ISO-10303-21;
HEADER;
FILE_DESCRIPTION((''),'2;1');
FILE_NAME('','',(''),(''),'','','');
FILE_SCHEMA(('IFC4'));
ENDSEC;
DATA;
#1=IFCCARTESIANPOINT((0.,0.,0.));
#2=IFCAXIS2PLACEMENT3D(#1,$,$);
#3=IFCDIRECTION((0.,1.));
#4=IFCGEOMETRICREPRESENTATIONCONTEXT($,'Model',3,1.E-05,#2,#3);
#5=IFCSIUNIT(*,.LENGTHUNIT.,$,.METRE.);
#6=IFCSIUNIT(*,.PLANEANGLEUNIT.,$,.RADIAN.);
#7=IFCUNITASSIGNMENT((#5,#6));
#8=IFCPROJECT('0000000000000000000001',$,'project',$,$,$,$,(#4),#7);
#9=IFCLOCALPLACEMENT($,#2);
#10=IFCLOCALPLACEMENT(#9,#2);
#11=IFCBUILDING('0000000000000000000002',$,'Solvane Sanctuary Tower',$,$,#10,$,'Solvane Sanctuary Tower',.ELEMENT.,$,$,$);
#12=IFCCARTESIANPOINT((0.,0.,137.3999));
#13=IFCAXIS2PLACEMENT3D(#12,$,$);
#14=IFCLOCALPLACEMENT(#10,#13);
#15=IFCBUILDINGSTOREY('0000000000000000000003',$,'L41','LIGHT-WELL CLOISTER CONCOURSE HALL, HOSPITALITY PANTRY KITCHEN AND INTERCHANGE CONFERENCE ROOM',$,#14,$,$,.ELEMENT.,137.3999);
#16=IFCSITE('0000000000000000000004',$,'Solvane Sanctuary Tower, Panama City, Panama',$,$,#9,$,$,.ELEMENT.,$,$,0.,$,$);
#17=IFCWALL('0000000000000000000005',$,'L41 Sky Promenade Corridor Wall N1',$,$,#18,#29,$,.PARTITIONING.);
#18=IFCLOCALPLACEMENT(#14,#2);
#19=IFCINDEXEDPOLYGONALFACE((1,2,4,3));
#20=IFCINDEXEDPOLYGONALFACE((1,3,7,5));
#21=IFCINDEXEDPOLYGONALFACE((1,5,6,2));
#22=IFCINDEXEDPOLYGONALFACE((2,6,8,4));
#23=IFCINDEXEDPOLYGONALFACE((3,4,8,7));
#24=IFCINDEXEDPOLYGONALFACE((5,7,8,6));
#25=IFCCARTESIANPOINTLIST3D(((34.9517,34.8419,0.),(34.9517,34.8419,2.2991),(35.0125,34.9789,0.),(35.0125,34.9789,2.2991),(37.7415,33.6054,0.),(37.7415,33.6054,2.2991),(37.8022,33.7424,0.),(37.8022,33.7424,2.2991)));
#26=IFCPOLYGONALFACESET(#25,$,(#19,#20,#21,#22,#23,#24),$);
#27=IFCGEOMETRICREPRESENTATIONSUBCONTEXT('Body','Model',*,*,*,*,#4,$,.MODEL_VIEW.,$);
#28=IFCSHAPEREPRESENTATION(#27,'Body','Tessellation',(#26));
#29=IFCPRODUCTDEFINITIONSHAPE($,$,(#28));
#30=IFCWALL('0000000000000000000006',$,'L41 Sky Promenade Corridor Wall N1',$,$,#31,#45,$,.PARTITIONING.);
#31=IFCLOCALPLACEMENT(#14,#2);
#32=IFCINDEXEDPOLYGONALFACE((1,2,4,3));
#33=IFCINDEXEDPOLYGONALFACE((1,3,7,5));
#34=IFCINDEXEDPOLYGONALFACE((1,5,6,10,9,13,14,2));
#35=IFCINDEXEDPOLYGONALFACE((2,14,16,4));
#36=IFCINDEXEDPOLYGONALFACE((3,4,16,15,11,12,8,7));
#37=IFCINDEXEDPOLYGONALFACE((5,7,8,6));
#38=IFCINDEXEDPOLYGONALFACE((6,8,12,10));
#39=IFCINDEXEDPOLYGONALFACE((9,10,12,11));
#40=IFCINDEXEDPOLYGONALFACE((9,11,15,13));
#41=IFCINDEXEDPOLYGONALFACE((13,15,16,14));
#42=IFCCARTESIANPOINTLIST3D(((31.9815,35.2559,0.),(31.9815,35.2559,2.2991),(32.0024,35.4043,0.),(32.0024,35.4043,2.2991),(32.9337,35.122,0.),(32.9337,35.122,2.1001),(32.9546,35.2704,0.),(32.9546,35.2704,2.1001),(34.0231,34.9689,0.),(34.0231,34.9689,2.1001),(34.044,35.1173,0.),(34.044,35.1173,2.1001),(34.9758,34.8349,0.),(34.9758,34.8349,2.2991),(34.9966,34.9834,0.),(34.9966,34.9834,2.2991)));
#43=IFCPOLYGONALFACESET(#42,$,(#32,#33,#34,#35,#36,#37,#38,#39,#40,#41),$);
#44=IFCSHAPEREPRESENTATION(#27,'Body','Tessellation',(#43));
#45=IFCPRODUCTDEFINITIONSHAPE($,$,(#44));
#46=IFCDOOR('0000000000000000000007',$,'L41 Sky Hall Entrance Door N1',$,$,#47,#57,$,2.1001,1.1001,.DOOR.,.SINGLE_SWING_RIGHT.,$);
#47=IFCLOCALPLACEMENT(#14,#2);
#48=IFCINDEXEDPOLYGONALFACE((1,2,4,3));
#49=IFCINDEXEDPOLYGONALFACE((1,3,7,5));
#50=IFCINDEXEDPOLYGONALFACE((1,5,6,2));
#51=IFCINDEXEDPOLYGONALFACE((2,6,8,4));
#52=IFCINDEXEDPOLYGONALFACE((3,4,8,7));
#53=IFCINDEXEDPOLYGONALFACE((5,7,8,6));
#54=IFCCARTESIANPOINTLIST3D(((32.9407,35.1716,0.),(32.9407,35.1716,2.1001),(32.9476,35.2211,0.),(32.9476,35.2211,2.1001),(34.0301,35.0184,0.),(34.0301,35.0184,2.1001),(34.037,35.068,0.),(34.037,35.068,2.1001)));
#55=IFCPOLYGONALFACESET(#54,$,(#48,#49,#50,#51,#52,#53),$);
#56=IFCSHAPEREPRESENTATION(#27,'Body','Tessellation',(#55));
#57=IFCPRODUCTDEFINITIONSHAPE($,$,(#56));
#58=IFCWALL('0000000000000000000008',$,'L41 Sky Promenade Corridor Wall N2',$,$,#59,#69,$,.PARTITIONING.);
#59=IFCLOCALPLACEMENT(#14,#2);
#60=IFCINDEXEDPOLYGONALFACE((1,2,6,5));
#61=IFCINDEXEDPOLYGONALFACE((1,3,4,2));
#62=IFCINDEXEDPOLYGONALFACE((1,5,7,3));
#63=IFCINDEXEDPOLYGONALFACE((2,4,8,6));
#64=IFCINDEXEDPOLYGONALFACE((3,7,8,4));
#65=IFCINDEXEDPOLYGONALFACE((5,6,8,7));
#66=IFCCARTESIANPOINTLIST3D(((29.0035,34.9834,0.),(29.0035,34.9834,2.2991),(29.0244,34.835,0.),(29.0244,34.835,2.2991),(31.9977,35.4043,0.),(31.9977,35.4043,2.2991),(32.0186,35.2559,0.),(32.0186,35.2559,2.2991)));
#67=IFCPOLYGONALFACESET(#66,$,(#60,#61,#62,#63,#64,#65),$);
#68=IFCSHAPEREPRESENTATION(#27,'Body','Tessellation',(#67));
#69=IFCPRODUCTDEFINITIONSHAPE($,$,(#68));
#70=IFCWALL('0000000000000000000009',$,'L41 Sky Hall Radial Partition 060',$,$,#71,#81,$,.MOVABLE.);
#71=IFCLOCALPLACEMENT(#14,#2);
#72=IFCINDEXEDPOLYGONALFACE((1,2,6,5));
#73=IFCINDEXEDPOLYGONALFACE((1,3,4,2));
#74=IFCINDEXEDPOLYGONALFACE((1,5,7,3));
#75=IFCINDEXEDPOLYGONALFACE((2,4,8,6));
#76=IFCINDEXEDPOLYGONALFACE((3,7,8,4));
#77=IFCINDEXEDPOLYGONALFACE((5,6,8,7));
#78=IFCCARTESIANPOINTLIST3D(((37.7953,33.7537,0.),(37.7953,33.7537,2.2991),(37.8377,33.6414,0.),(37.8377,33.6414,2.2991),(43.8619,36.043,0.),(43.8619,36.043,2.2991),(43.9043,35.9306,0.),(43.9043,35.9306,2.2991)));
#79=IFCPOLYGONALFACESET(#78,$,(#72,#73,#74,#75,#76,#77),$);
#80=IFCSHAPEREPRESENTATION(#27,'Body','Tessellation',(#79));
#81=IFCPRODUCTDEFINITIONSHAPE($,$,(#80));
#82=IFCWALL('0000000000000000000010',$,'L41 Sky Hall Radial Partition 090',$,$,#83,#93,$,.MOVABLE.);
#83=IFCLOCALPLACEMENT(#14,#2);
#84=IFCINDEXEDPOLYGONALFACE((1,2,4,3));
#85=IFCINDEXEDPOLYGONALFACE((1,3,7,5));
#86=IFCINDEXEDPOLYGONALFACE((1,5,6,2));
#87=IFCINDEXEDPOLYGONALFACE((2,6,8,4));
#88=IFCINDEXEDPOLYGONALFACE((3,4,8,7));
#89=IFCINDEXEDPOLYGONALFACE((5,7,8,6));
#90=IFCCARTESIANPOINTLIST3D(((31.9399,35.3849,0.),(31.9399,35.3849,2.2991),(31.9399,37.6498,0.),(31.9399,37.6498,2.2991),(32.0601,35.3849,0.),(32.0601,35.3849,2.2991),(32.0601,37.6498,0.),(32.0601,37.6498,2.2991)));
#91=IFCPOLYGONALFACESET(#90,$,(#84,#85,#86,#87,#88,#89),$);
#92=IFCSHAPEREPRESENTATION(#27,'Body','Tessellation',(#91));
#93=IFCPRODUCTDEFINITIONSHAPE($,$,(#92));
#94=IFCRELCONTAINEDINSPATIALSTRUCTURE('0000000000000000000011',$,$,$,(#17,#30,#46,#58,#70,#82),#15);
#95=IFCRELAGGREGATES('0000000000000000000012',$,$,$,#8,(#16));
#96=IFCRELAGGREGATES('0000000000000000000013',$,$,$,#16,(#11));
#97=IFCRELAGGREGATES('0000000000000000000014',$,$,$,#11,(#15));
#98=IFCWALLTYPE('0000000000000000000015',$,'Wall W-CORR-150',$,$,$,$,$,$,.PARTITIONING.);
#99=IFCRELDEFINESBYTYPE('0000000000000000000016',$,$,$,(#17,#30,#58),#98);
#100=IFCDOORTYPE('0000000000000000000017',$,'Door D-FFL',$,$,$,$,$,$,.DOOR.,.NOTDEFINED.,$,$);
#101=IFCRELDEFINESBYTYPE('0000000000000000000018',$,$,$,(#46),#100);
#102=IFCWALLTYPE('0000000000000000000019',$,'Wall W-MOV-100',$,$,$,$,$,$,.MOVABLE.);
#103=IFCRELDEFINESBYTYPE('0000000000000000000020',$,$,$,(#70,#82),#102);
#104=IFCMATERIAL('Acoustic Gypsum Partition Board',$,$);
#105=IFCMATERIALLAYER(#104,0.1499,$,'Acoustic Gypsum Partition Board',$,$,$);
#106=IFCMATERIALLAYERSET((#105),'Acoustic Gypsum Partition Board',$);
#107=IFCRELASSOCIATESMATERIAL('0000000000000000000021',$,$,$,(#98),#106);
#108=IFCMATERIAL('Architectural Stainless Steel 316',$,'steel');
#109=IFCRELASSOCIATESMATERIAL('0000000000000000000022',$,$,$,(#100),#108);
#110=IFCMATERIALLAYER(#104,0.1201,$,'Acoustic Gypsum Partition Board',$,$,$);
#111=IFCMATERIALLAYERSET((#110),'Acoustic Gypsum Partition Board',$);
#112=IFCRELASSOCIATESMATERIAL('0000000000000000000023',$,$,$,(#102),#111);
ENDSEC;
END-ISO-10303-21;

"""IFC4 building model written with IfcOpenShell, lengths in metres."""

from ifc_helpers import new_model, si_unit, direction, frame, frame_2d, origin, place, context, subcontext, project, spatial, rectangle, extrude, material, layer, layer_set, type_object, element, fill, save


model = new_model("IFC4")

# Units and contexts
model_context = context("Model", 3, precision=1e-05, world=origin(), true_north=direction((0.0, 1.0)))
body_context = subcontext(model_context, "Body", "Model", "MODEL_VIEW")
ifc_project = project(units=[si_unit("LENGTHUNIT", "METRE"), si_unit("PLANEANGLEUNIT", "RADIAN")], contexts=[model_context])

# Site, building, storey
site_placement = place(None, origin())
site = spatial("IfcSite", under=ifc_project, at=site_placement, Name="Solvane Sanctuary Tower, Panama City, Panama", CompositionType="ELEMENT", RefElevation=0.0)
building_placement = place(site_placement, origin())
building = spatial("IfcBuilding", under=site, at=building_placement, Name="Solvane Sanctuary Tower", LongName="Solvane Sanctuary Tower", CompositionType="ELEMENT")
storey_placement = place(building_placement, frame((0.0, 0.0, 137.3999)))
storey = spatial("IfcBuildingStorey", under=building, at=storey_placement, Name="L41", Description="LIGHT-WELL CLOISTER CONCOURSE HALL, HOSPITALITY PANTRY KITCHEN AND INTERCHANGE CONFERENCE ROOM", CompositionType="ELEMENT", Elevation=137.3999)

# Wall
ifc_material_1 = material(Name="Acoustic Gypsum Partition Board")
ifc_layer_1 = layer(ifc_material_1, 0.1499, Name="Acoustic Gypsum Partition Board")
ifc_layer_set_1 = layer_set([ifc_layer_1], Name="Acoustic Gypsum Partition Board")
wall_type_1 = type_object("IfcWallType", Name="Wall W-CORR-150", PredefinedType="PARTITIONING", material=ifc_layer_set_1)
wall_1_placement = place(storey_placement, frame((37.772, 33.6738, 0.0), z_axis=(0.0, 0.0, 1.0), x_axis=(-0.914217, 0.405225, 0.0)))
element("IfcWall", 1, at=wall_1_placement, inside=storey, type_object=wall_type_1, Name="L41 Sky Promenade Corridor Wall N1", PredefinedType="PARTITIONING", context=body_context, shape_type="SweptSolid", body=[
    extrude(rectangle(XDim=3.0515, YDim=0.1499, at=frame_2d((1.5259, 0.0))), origin(), (0.0, 0.0, 1.0), 2.2991),
])

# Wall, opening, door
wall_2_placement = place(storey_placement, frame((34.9861, 34.9092, 0.0), z_axis=(0.0, 0.0, 1.0), x_axis=(-0.990264, 0.139205, 0.0)))
wall_2 = element("IfcWall", 2, at=wall_2_placement, inside=storey, type_object=wall_type_1, Name="L41 Sky Promenade Corridor Wall N1", PredefinedType="PARTITIONING", context=body_context, shape_type="SweptSolid", body=[
    extrude(rectangle(XDim=3.0237, YDim=0.1499, at=frame_2d((1.5117, 0.0))), origin(), (0.0, 0.0, 1.0), 2.2991),
])
opening_placement = place(wall_2_placement, frame((0.9619, 0.0, 0.0)))
opening = element("IfcOpeningElement", 3, at=opening_placement, cuts=wall_2, PredefinedType="OPENING", context=body_context, shape_type="SweptSolid", body=[
    extrude(rectangle(XDim=1.1001, YDim=2.1001, at=frame_2d((0.55, 1.05))), frame((0.0, 0.085, 0.0), z_axis=(0.0, -1.0, 0.0), x_axis=(1.0, 0.0, 0.0)), (0.0, 0.0, 1.0), 0.1699),
])
ifc_material_2 = material(Name="Architectural Stainless Steel 316", Category="steel")
door_type = type_object("IfcDoorType", Name="Door D-FFL", OperationType="NOTDEFINED", PredefinedType="DOOR", material=ifc_material_2)
door_placement = place(opening_placement, origin())
door = element("IfcDoor", 4, at=door_placement, inside=storey, type_object=door_type, Name="L41 Sky Hall Entrance Door N1", OperationType="SINGLE_SWING_RIGHT", OverallHeight=2.1001, OverallWidth=1.1001, PredefinedType="DOOR", context=body_context, shape_type="SweptSolid", body=[
    extrude(rectangle(XDim=1.1001, YDim=2.1001, at=frame_2d((0.55, 1.05))), frame((0.0, 0.0249, 0.0), z_axis=(0.0, -1.0, 0.0), x_axis=(1.0, 0.0, 0.0)), (0.0, 0.0, 1.0), 0.05),
])
fill(opening, door)

# Walls
wall_3_placement = place(storey_placement, frame((32.0081, 35.3301, 0.0), z_axis=(0.0, 0.0, 1.0), x_axis=(-0.990264, -0.139205, 0.0)))
element("IfcWall", 5, at=wall_3_placement, inside=storey, type_object=wall_type_1, Name="L41 Sky Promenade Corridor Wall N2", PredefinedType="PARTITIONING", context=body_context, shape_type="SweptSolid", body=[
    extrude(rectangle(XDim=3.0237, YDim=0.1499, at=frame_2d((1.5117, 0.0))), origin(), (0.0, 0.0, 1.0), 2.2991),
])
ifc_layer_2 = layer(ifc_material_1, 0.1201, Name="Acoustic Gypsum Partition Board")
ifc_layer_set_2 = layer_set([ifc_layer_2], Name="Acoustic Gypsum Partition Board")
wall_type_2 = type_object("IfcWallType", Name="Wall W-MOV-100", PredefinedType="MOVABLE", material=ifc_layer_set_2)
wall_4_placement = place(storey_placement, frame((37.8164, 33.6975, 0.0), z_axis=(0.0, 0.0, 1.0), x_axis=(0.935601, 0.353058, 0.0)))
element("IfcWall", 6, at=wall_4_placement, inside=storey, type_object=wall_type_2, Name="L41 Sky Hall Radial Partition 060", PredefinedType="MOVABLE", context=body_context, shape_type="SweptSolid", body=[
    extrude(rectangle(XDim=6.4841, YDim=0.1201, at=frame_2d((3.2422, 0.0))), origin(), (0.0, 0.0, 1.0), 2.2991),
])
wall_5_placement = place(storey_placement, frame((32.0, 35.385, 0.0), z_axis=(0.0, 0.0, 1.0), x_axis=(0.0, 1.0, 0.0)))
element("IfcWall", 7, at=wall_5_placement, inside=storey, type_object=wall_type_2, Name="L41 Sky Hall Radial Partition 090", PredefinedType="MOVABLE", context=body_context, shape_type="SweptSolid", body=[
    extrude(rectangle(XDim=2.2649, YDim=0.1201, at=frame_2d((1.1323, 0.0))), origin(), (0.0, 0.0, 1.0), 2.2991),
])

save(model, "model.ifc")
